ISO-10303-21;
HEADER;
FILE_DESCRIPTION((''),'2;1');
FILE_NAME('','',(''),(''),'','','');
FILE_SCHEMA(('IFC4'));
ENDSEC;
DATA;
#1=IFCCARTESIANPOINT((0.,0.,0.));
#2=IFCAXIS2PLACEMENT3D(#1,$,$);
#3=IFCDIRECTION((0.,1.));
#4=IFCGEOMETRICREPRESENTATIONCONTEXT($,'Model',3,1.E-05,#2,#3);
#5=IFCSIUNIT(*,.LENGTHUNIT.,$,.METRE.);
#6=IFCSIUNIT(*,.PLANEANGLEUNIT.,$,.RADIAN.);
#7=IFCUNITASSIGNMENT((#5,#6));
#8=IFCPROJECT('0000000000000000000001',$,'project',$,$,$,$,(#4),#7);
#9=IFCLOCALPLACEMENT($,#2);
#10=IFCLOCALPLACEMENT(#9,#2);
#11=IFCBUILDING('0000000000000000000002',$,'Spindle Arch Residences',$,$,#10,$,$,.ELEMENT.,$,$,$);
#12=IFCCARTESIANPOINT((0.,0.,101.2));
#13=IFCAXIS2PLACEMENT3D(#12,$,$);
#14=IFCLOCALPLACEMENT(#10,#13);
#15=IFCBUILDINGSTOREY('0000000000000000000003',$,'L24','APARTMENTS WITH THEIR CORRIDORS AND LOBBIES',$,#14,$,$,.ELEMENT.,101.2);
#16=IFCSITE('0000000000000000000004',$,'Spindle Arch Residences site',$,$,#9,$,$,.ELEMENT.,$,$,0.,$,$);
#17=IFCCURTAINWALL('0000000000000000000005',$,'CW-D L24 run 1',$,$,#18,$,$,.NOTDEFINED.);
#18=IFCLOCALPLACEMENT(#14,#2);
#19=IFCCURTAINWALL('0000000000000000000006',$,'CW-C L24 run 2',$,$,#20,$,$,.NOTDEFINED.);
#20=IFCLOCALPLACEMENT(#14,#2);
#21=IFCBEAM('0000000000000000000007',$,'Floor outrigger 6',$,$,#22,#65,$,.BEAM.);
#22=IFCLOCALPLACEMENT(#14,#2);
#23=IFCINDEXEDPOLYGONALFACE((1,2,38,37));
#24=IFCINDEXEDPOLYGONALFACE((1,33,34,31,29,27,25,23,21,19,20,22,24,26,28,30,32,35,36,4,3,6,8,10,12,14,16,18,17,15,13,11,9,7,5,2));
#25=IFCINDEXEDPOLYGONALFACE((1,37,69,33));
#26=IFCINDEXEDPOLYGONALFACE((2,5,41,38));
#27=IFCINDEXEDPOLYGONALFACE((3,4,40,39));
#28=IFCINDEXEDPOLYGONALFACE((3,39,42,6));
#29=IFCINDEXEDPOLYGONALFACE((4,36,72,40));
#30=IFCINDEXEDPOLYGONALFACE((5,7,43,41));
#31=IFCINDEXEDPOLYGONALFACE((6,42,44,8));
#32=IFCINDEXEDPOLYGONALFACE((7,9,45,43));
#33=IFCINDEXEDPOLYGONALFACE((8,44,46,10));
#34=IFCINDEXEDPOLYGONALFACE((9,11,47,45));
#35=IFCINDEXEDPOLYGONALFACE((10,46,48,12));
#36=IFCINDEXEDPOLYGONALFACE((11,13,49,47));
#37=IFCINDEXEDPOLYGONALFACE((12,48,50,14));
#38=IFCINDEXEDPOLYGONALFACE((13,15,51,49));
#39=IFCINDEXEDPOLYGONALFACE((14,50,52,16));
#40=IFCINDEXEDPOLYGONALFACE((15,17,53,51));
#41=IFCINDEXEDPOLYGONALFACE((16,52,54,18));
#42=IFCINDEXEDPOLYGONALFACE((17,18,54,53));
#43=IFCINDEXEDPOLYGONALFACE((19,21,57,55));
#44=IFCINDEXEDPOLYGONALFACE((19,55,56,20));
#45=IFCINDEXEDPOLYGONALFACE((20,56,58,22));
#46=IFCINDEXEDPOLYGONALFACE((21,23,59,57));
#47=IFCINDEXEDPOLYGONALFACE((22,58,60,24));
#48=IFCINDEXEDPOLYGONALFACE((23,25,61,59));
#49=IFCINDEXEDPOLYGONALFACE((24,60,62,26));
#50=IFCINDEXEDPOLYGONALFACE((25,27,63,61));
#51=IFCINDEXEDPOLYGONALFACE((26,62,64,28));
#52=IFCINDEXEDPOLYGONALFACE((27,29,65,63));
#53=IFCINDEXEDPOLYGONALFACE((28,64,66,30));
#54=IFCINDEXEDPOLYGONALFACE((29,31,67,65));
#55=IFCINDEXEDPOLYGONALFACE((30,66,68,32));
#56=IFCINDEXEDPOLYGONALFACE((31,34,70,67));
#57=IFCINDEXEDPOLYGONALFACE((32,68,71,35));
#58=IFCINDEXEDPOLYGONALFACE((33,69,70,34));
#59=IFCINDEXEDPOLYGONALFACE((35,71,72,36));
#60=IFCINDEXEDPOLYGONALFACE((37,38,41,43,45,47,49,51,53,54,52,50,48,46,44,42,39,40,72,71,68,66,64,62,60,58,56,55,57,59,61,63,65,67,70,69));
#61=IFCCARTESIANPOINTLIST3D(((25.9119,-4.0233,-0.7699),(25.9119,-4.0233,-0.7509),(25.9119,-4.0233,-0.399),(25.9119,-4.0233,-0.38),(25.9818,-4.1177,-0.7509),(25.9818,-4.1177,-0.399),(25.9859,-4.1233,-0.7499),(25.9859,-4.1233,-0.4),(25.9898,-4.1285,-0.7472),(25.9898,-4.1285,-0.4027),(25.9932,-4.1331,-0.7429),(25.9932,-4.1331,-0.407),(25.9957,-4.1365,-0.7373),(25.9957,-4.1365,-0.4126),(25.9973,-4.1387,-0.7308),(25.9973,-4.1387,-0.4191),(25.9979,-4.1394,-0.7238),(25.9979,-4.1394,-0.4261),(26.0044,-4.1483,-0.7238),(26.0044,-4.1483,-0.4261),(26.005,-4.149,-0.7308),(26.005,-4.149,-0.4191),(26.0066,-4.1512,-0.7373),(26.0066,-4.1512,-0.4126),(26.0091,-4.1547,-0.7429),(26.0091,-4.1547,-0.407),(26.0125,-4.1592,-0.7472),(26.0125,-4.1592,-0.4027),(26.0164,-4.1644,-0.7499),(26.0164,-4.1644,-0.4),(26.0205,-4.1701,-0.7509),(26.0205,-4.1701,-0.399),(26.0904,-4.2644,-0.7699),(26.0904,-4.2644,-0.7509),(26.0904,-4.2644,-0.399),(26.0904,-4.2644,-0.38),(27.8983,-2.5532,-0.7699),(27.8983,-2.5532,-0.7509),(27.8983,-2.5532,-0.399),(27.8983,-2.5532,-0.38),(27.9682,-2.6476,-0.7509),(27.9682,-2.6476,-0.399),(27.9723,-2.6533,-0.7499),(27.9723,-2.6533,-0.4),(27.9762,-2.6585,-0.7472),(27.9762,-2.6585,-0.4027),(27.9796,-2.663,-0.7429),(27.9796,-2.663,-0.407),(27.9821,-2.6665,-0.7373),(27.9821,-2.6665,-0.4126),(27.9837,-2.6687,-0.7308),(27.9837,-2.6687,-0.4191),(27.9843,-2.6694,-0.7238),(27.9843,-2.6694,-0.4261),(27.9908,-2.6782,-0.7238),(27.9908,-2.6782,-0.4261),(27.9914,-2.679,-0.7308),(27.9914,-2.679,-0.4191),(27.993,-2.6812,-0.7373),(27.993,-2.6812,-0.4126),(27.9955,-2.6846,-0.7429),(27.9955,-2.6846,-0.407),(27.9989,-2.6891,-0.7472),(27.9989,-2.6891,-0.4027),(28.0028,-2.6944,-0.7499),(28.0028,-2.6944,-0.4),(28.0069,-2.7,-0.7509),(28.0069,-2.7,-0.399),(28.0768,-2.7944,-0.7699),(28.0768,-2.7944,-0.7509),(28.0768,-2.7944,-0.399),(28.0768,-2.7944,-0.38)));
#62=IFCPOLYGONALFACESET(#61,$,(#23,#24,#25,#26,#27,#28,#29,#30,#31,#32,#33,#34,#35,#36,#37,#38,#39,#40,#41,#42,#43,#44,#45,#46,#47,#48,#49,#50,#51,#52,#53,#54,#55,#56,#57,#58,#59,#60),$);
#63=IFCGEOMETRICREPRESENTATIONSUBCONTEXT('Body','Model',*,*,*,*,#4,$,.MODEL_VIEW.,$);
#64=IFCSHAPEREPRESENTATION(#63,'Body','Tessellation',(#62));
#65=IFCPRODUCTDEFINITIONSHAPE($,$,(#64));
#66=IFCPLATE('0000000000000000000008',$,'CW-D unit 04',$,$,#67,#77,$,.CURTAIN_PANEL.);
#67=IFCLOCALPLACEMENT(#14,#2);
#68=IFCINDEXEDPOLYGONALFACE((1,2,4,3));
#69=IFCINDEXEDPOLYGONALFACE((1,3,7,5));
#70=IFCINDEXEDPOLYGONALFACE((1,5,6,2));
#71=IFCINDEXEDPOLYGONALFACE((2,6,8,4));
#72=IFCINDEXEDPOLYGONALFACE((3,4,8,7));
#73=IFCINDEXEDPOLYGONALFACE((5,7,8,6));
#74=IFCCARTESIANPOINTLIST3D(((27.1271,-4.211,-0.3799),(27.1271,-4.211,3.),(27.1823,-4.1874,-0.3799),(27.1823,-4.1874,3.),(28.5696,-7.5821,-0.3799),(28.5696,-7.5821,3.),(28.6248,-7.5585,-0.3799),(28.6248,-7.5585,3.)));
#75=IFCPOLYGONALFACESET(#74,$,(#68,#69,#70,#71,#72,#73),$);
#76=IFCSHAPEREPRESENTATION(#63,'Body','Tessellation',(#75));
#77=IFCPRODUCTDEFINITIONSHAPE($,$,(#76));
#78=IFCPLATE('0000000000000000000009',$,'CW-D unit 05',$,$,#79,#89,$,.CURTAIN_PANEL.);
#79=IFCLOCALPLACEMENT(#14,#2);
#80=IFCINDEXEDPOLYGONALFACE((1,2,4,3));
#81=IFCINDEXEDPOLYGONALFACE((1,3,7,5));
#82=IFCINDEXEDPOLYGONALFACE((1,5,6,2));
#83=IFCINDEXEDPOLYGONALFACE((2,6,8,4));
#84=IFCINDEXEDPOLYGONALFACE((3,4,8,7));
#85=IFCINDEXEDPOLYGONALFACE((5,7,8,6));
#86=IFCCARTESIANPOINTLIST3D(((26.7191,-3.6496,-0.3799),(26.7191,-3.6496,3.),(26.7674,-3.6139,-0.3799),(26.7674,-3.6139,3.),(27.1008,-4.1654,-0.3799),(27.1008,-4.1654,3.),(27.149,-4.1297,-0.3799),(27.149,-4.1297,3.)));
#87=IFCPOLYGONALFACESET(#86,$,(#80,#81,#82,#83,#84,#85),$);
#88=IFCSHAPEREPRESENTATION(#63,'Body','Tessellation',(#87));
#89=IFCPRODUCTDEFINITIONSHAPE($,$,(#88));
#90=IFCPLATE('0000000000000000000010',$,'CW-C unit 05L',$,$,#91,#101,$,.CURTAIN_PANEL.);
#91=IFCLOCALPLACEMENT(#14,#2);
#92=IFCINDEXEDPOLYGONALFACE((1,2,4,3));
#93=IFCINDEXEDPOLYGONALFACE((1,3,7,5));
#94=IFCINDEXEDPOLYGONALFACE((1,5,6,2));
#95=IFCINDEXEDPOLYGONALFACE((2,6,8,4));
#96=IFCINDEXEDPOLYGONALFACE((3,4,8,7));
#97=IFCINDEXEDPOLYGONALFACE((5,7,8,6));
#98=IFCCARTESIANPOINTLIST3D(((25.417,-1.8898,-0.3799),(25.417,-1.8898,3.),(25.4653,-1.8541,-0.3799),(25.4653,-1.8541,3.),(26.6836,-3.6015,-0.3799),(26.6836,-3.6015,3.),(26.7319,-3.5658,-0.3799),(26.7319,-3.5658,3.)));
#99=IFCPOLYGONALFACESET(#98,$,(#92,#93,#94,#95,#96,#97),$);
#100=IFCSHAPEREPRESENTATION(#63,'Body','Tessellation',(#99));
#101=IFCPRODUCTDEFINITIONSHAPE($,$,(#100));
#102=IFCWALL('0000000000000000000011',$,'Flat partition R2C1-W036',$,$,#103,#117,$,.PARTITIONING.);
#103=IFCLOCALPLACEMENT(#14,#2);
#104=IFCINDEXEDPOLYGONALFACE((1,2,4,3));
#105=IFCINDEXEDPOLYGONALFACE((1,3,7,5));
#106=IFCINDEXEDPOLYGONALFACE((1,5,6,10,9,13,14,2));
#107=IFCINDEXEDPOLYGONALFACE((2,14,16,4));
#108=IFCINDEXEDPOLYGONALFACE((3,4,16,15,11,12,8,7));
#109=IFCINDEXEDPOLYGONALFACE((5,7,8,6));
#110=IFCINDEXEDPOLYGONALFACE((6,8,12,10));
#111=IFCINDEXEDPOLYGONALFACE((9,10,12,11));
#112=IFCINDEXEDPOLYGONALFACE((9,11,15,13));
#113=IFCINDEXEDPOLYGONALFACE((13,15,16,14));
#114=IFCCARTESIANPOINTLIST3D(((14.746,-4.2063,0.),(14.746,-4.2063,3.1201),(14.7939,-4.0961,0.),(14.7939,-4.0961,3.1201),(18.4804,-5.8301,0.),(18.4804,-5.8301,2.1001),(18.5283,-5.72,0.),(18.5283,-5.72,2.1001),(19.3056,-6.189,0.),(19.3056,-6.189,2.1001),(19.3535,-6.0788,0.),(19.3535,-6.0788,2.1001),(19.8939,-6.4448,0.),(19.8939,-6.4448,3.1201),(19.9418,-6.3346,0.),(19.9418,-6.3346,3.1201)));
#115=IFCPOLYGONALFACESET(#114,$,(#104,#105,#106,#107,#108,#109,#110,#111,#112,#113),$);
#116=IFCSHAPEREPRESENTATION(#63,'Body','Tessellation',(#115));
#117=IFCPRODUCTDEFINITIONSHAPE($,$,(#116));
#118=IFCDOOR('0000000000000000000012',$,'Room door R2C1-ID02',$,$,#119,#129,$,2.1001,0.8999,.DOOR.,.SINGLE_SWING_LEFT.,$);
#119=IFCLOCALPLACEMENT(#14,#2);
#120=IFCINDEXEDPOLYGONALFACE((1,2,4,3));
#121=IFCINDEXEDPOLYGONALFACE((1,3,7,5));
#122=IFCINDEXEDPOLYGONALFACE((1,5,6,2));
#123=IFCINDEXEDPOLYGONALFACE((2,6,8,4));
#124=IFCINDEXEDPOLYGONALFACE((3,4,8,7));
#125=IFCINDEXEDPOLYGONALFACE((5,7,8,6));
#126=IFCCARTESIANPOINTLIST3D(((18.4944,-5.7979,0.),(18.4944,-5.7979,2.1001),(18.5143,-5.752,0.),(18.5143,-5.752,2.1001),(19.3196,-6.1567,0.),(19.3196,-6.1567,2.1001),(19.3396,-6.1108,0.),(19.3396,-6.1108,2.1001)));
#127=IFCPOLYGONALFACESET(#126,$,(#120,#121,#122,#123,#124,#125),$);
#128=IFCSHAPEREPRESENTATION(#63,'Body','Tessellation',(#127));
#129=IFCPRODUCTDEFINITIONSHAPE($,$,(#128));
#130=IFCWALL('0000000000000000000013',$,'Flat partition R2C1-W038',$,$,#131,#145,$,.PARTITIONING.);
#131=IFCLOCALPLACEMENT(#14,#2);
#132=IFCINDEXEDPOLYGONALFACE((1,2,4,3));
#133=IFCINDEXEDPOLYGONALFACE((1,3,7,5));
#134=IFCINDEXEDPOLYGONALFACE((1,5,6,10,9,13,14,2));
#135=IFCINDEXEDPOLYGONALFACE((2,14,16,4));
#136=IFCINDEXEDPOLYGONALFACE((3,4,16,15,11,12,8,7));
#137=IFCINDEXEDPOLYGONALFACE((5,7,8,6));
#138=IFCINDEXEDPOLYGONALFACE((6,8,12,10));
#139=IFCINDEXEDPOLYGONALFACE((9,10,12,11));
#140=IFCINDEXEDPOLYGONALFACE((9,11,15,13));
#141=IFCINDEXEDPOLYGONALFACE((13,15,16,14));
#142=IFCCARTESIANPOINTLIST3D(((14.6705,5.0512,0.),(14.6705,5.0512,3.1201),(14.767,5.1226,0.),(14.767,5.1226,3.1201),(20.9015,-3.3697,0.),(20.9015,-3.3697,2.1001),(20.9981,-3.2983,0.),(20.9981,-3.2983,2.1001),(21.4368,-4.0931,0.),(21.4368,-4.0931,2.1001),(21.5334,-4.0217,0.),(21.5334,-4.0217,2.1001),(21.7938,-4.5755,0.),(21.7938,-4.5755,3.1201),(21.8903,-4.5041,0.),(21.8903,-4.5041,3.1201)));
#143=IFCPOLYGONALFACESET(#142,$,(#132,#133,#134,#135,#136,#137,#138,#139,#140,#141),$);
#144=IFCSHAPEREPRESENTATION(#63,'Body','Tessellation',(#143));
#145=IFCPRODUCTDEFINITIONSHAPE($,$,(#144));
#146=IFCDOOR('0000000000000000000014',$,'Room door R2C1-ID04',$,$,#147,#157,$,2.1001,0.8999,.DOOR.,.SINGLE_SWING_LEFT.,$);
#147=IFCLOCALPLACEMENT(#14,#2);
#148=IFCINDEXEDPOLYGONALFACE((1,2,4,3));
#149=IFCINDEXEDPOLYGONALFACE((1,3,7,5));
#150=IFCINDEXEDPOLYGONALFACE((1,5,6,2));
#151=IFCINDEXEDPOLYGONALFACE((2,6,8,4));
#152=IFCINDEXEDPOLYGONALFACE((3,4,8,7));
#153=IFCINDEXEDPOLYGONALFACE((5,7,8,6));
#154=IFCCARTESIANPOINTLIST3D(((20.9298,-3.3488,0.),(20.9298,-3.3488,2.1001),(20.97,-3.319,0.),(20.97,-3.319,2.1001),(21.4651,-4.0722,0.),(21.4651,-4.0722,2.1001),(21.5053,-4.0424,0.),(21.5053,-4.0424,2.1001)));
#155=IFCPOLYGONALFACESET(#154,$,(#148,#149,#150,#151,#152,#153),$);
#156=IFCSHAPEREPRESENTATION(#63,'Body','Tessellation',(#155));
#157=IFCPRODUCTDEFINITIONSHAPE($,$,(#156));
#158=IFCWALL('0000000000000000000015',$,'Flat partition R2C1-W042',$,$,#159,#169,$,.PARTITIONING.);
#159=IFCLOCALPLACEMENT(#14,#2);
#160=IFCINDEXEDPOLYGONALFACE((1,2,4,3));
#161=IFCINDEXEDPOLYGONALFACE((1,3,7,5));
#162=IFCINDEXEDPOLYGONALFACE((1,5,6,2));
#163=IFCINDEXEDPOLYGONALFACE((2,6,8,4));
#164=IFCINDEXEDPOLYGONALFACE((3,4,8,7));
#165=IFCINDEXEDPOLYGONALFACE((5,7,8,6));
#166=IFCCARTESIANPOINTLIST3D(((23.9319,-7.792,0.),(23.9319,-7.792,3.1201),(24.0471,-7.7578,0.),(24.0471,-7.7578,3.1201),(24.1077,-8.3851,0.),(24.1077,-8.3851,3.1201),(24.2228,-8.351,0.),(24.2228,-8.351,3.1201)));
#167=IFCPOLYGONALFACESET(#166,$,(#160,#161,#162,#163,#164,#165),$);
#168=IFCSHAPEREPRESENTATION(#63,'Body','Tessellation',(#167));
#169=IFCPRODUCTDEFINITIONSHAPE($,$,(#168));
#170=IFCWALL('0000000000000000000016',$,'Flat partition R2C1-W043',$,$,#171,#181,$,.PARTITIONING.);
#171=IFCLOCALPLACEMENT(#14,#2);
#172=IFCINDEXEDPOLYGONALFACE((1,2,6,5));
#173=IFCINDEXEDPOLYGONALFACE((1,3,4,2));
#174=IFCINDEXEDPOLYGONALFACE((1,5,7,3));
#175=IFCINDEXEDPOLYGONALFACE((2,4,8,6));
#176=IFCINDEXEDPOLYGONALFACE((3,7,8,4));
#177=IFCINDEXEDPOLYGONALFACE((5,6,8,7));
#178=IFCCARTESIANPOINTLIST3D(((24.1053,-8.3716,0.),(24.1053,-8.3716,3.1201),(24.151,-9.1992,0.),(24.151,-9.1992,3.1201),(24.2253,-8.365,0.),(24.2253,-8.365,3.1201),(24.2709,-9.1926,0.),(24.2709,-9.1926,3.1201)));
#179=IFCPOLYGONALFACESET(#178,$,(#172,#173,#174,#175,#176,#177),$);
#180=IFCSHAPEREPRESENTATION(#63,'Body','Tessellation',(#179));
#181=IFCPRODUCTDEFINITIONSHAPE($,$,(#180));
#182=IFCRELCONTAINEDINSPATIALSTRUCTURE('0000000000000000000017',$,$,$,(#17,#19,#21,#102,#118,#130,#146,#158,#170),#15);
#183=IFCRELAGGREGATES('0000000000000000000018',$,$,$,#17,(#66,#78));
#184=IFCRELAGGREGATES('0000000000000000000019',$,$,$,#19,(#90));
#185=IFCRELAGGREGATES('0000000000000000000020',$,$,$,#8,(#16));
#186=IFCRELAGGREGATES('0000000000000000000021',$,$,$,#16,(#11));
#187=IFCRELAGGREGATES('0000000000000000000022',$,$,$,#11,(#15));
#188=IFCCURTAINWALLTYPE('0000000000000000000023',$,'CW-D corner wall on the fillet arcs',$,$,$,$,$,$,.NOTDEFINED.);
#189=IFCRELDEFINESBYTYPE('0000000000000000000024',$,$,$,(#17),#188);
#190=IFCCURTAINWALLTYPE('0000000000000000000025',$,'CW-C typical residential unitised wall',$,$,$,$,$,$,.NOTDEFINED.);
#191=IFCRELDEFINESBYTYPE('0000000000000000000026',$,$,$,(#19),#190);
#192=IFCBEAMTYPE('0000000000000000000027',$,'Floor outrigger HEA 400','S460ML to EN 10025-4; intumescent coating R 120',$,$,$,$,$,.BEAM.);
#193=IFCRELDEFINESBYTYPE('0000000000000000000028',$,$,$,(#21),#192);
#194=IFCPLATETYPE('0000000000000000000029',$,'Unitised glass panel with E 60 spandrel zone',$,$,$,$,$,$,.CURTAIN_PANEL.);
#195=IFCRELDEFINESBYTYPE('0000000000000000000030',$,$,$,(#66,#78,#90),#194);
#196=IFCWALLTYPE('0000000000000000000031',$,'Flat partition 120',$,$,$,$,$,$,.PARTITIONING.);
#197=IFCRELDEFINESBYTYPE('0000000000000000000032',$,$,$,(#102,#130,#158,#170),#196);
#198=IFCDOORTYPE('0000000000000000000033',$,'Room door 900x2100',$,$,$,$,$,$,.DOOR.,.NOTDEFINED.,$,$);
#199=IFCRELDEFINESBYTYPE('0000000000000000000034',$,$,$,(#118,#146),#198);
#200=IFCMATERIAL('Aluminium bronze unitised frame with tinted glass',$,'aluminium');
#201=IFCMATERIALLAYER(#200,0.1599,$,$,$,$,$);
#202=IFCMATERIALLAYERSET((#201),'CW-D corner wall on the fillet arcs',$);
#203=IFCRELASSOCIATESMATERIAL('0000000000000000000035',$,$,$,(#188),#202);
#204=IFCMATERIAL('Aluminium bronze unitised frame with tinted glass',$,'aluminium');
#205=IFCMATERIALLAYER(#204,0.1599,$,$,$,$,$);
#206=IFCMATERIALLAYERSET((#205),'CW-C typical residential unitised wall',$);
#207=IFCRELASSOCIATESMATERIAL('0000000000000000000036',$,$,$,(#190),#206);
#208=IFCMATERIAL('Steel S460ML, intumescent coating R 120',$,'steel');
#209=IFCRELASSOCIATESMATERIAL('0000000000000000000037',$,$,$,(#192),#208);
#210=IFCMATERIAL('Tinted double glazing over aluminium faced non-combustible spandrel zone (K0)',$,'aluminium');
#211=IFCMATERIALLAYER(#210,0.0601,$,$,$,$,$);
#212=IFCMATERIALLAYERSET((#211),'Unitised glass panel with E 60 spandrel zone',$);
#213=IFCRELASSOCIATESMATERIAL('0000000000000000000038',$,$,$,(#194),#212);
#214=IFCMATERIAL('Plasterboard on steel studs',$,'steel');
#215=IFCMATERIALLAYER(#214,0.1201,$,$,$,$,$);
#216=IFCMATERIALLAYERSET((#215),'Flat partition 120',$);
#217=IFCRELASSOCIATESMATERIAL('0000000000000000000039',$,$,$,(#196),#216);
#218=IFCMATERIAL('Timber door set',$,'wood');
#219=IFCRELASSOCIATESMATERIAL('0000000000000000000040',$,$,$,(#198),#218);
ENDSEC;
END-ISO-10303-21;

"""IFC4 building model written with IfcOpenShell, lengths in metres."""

from ifc_helpers import new_model, si_unit, direction, frame, frame_2d, origin, origin_2d, place, context, subcontext, project, spatial, rectangle, i_section, extrude, material, layer, layer_set, material_profile, profile_set, type_object, element, fill, aggregate, save


model = new_model("IFC4")

# Units and contexts
model_context = context("Model", 3, precision=1e-05, world=origin(), true_north=direction((0.0, 1.0)))
body_context = subcontext(model_context, "Body", "Model", "MODEL_VIEW")
ifc_project = project(units=[si_unit("LENGTHUNIT", "METRE"), si_unit("PLANEANGLEUNIT", "RADIAN")], contexts=[model_context])

# Site, building, storey
site_placement = place(None, origin())
site = spatial("IfcSite", under=ifc_project, at=site_placement, Name="Spindle Arch Residences site", CompositionType="ELEMENT", RefElevation=0.0)
building_placement = place(site_placement, origin())
building = spatial("IfcBuilding", under=site, at=building_placement, Name="Spindle Arch Residences", CompositionType="ELEMENT")
storey_placement = place(building_placement, frame((0.0, 0.0, 101.2)))
storey = spatial("IfcBuildingStorey", under=building, at=storey_placement, Name="L24", Description="APARTMENTS WITH THEIR CORRIDORS AND LOBBIES", CompositionType="ELEMENT", Elevation=101.2)

# Curtain wall
ifc_material_1 = material(Name="Aluminium bronze unitised frame with tinted glass", Category="aluminium")
ifc_layer_1 = layer(ifc_material_1, 0.1599)
ifc_layer_set_1 = layer_set([ifc_layer_1], Name="CW-D corner wall on the fillet arcs")
curtain_wall_type_1 = type_object("IfcCurtainWallType", Name="CW-D corner wall on the fillet arcs", PredefinedType="NOTDEFINED", material=ifc_layer_set_1)
curtain_wall_1_placement = place(storey_placement, origin())
curtain_wall_1 = element("IfcCurtainWall", 1, at=curtain_wall_1_placement, inside=storey, type_object=curtain_wall_type_1, Name="CW-D L24 run 1", PredefinedType="NOTDEFINED")

# Curtain wall
ifc_material_2 = material(Name="Aluminium bronze unitised frame with tinted glass", Category="aluminium")
ifc_layer_2 = layer(ifc_material_2, 0.1599)
ifc_layer_set_2 = layer_set([ifc_layer_2], Name="CW-C typical residential unitised wall")
curtain_wall_type_2 = type_object("IfcCurtainWallType", Name="CW-C typical residential unitised wall", PredefinedType="NOTDEFINED", material=ifc_layer_set_2)
curtain_wall_2_placement = place(storey_placement, origin())
curtain_wall_2 = element("IfcCurtainWall", 2, at=curtain_wall_2_placement, inside=storey, type_object=curtain_wall_type_2, Name="CW-C L24 run 2", PredefinedType="NOTDEFINED")

# Beam
ifc_material_3 = material(Name="Steel S460ML, intumescent coating R 120", Category="steel")
ifc_material_profile_1 = material_profile(ifc_material_3, i_section(OverallWidth=0.3, OverallDepth=0.3899, WebThickness=0.011, FlangeThickness=0.019, FilletRadius=0.0271, at=origin_2d()), Name="HEA 400")
ifc_profile_set_1 = profile_set([ifc_material_profile_1], Name="Steel S460ML, intumescent coating R 120")
beam_type_1 = type_object("IfcBeamType", Name="Floor outrigger HEA 400", Description="S460ML to EN 10025-4; intumescent coating R 120", PredefinedType="BEAM", material=ifc_profile_set_1)
beam_1_placement = place(storey_placement, frame((27.9875, -2.6738, -0.575), z_axis=(-0.803825, -0.594866, 0.0), x_axis=(0.594866, -0.803825, 0.0)))
element("IfcBeam", 3, at=beam_1_placement, inside=storey, type_object=beam_type_1, Name="Floor outrigger 6", PredefinedType="BEAM", context=body_context, shape_type="SweptSolid", body=[
    extrude(i_section(OverallWidth=0.3, OverallDepth=0.3899, WebThickness=0.011, FlangeThickness=0.019, FilletRadius=0.0271, at=origin_2d()), origin(), (0.0, 0.0, 1.0), 2.4712),
])

# Plates
ifc_material_4 = material(Name="Tinted double glazing over aluminium faced non-combustible spandrel zone (K0)", Category="aluminium")
ifc_layer_3 = layer(ifc_material_4, 0.0601)
ifc_layer_set_3 = layer_set([ifc_layer_3], Name="Unitised glass panel with E 60 spandrel zone")
plate_type = type_object("IfcPlateType", Name="Unitised glass panel with E 60 spandrel zone", PredefinedType="CURTAIN_PANEL", material=ifc_layer_set_3)
plate_1_placement = place(storey_placement, frame((27.876, -5.8848, -0.3799), z_axis=(0.0, 0.0, 1.0), x_axis=(-0.393407, 0.919364, 0.0)))
plate_1 = element("IfcPlate", 4, at=plate_1_placement, type_object=plate_type, Name="CW-D unit 04", PredefinedType="CURTAIN_PANEL", context=body_context, shape_type="SweptSolid", body=[
    extrude(rectangle(XDim=3.6667, YDim=0.0601, at=origin_2d()), origin(), (0.0, 0.0, 1.0), 3.3799),
])
plate_2_placement = place(storey_placement, frame((26.9341, -3.8896, -0.3799), z_axis=(0.0, 0.0, 1.0), x_axis=(-0.594823, 0.803857, 0.0)))
plate_2 = element("IfcPlate", 5, at=plate_2_placement, type_object=plate_type, Name="CW-D unit 05", PredefinedType="CURTAIN_PANEL", context=body_context, shape_type="SweptSolid", body=[
    extrude(rectangle(XDim=0.6416, YDim=0.0601, at=origin_2d()), origin(), (0.0, 0.0, 1.0), 3.3799),
])
aggregate(curtain_wall_1, [plate_1, plate_2])
plate_3_placement = place(storey_placement, frame((26.0745, -2.7278, -0.3799), z_axis=(0.0, 0.0, 1.0), x_axis=(-0.594823, 0.803857, 0.0)))
plate_3 = element("IfcPlate", 6, at=plate_3_placement, type_object=plate_type, Name="CW-C unit 05L", PredefinedType="CURTAIN_PANEL", context=body_context, shape_type="SweptSolid", body=[
    extrude(rectangle(XDim=2.1294, YDim=0.0601, at=origin_2d()), origin(), (0.0, 0.0, 1.0), 3.3799),
])
aggregate(curtain_wall_2, [plate_3])

# Walls, openings, doors
ifc_material_5 = material(Name="Plasterboard on steel studs", Category="steel")
ifc_layer_4 = layer(ifc_material_5, 0.1201)
ifc_layer_set_4 = layer_set([ifc_layer_4], Name="Flat partition 120")
wall_type_1 = type_object("IfcWallType", Name="Flat partition 120", PredefinedType="PARTITIONING", material=ifc_layer_set_4)
wall_1_placement = place(storey_placement, frame((19.9177, -6.3896, 0.0), z_axis=(0.0, 0.0, 1.0), x_axis=(-0.917051, 0.398769, 0.0)))
wall_1 = element("IfcWall", 7, at=wall_1_placement, inside=storey, type_object=wall_type_1, Name="Flat partition R2C1-W036", PredefinedType="PARTITIONING", context=body_context, shape_type="SweptSolid", body=[
    extrude(rectangle(XDim=5.6135, YDim=0.1201, at=frame_2d((2.8066, 0.0))), origin(), (0.0, 0.0, 1.0), 3.1201),
])
opening_1_placement = place(wall_1_placement, frame((0.6414, 0.0, 0.0)))
opening_1 = element("IfcOpeningElement", 8, at=opening_1_placement, cuts=wall_1, PredefinedType="OPENING", context=body_context, shape_type="SweptSolid", body=[
    extrude(rectangle(XDim=0.8999, YDim=2.1001, at=frame_2d((0.45, 1.05))), frame((0.0, 0.0701, 0.0), z_axis=(0.0, -1.0, 0.0), x_axis=(1.0, 0.0, 0.0)), (0.0, 0.0, 1.0), 0.1401),
])
ifc_material_6 = material(Name="Timber door set", Category="wood")
door_type_1 = type_object("IfcDoorType", Name="Room door 900x2100", OperationType="NOTDEFINED", PredefinedType="DOOR", material=ifc_material_6)
door_1_placement = place(opening_1_placement, origin())
door_1 = element("IfcDoor", 9, at=door_1_placement, inside=storey, type_object=door_type_1, Name="Room door R2C1-ID02", OperationType="SINGLE_SWING_LEFT", OverallHeight=2.1001, OverallWidth=0.8999, PredefinedType="DOOR", context=body_context, shape_type="SweptSolid", body=[
    extrude(rectangle(XDim=0.8999, YDim=2.1001, at=frame_2d((0.45, 1.05))), frame((0.0, 0.0249, 0.0), z_axis=(0.0, -1.0, 0.0), x_axis=(1.0, 0.0, 0.0)), (0.0, 0.0, 1.0), 0.05),
])
fill(opening_1, door_1)
wall_2_placement = place(storey_placement, frame((21.842, -4.5398, 0.0), z_axis=(0.0, 0.0, 1.0), x_axis=(-0.594817, 0.803861, 0.0)))
wall_2 = element("IfcWall", 10, at=wall_2_placement, inside=storey, type_object=wall_type_1, Name="Flat partition R2C1-W038", PredefinedType="PARTITIONING", context=body_context, shape_type="SweptSolid", body=[
    extrude(rectangle(XDim=11.9756, YDim=0.1201, at=frame_2d((5.9878, 0.0))), origin(), (0.0, 0.0, 1.0), 3.1201),
])
opening_2_placement = place(wall_2_placement, frame((0.6001, 0.0, 0.0)))
opening_2 = element("IfcOpeningElement", 11, at=opening_2_placement, cuts=wall_2, PredefinedType="OPENING", context=body_context, shape_type="SweptSolid", body=[
    extrude(rectangle(XDim=0.8999, YDim=2.1001, at=frame_2d((0.45, 1.05))), frame((0.0, 0.0701, 0.0), z_axis=(0.0, -1.0, 0.0), x_axis=(1.0, 0.0, 0.0)), (0.0, 0.0, 1.0), 0.1401),
])
door_2_placement = place(opening_2_placement, origin())
door_2 = element("IfcDoor", 12, at=door_2_placement, inside=storey, type_object=door_type_1, Name="Room door R2C1-ID04", OperationType="SINGLE_SWING_LEFT", OverallHeight=2.1001, OverallWidth=0.8999, PredefinedType="DOOR", context=body_context, shape_type="SweptSolid", body=[
    extrude(rectangle(XDim=0.8999, YDim=2.1001, at=frame_2d((0.45, 1.05))), frame((0.0, 0.0249, 0.0), z_axis=(0.0, -1.0, 0.0), x_axis=(1.0, 0.0, 0.0)), (0.0, 0.0, 1.0), 0.05),
])
fill(opening_2, door_2)

# Walls
wall_3_placement = place(storey_placement, frame((23.9895, -7.7749, 0.0), z_axis=(0.0, 0.0, 1.0), x_axis=(0.284088, -0.958798, 0.0)))
element("IfcWall", 13, at=wall_3_placement, inside=storey, type_object=wall_type_1, Name="Flat partition R2C1-W042", PredefinedType="PARTITIONING", context=body_context, shape_type="SweptSolid", body=[
    extrude(rectangle(XDim=0.6187, YDim=0.1201, at=frame_2d((0.3093, 0.0))), origin(), (0.0, 0.0, 1.0), 3.1201),
])
for number, where, z_axis, x_axis, name in (
    (14, (24.1653, -8.3682, 0.0), (0.0, 0.0, 1.0), (0.055079, -0.998482, 0.0), "Flat partition R2C1-W043"),
):
    element("IfcWall", number, at=place(storey_placement, frame(where, z_axis=z_axis, x_axis=x_axis)), inside=storey, type_object=wall_type_1, Name=name, PredefinedType="PARTITIONING", context=body_context, shape_type="SweptSolid", body=[
        extrude(rectangle(XDim=0.8289, YDim=0.1201, at=frame_2d((0.4146, 0.0))), origin(), (0.0, 0.0, 1.0), 3.1201),
    ])

save(model, "model.ifc")
